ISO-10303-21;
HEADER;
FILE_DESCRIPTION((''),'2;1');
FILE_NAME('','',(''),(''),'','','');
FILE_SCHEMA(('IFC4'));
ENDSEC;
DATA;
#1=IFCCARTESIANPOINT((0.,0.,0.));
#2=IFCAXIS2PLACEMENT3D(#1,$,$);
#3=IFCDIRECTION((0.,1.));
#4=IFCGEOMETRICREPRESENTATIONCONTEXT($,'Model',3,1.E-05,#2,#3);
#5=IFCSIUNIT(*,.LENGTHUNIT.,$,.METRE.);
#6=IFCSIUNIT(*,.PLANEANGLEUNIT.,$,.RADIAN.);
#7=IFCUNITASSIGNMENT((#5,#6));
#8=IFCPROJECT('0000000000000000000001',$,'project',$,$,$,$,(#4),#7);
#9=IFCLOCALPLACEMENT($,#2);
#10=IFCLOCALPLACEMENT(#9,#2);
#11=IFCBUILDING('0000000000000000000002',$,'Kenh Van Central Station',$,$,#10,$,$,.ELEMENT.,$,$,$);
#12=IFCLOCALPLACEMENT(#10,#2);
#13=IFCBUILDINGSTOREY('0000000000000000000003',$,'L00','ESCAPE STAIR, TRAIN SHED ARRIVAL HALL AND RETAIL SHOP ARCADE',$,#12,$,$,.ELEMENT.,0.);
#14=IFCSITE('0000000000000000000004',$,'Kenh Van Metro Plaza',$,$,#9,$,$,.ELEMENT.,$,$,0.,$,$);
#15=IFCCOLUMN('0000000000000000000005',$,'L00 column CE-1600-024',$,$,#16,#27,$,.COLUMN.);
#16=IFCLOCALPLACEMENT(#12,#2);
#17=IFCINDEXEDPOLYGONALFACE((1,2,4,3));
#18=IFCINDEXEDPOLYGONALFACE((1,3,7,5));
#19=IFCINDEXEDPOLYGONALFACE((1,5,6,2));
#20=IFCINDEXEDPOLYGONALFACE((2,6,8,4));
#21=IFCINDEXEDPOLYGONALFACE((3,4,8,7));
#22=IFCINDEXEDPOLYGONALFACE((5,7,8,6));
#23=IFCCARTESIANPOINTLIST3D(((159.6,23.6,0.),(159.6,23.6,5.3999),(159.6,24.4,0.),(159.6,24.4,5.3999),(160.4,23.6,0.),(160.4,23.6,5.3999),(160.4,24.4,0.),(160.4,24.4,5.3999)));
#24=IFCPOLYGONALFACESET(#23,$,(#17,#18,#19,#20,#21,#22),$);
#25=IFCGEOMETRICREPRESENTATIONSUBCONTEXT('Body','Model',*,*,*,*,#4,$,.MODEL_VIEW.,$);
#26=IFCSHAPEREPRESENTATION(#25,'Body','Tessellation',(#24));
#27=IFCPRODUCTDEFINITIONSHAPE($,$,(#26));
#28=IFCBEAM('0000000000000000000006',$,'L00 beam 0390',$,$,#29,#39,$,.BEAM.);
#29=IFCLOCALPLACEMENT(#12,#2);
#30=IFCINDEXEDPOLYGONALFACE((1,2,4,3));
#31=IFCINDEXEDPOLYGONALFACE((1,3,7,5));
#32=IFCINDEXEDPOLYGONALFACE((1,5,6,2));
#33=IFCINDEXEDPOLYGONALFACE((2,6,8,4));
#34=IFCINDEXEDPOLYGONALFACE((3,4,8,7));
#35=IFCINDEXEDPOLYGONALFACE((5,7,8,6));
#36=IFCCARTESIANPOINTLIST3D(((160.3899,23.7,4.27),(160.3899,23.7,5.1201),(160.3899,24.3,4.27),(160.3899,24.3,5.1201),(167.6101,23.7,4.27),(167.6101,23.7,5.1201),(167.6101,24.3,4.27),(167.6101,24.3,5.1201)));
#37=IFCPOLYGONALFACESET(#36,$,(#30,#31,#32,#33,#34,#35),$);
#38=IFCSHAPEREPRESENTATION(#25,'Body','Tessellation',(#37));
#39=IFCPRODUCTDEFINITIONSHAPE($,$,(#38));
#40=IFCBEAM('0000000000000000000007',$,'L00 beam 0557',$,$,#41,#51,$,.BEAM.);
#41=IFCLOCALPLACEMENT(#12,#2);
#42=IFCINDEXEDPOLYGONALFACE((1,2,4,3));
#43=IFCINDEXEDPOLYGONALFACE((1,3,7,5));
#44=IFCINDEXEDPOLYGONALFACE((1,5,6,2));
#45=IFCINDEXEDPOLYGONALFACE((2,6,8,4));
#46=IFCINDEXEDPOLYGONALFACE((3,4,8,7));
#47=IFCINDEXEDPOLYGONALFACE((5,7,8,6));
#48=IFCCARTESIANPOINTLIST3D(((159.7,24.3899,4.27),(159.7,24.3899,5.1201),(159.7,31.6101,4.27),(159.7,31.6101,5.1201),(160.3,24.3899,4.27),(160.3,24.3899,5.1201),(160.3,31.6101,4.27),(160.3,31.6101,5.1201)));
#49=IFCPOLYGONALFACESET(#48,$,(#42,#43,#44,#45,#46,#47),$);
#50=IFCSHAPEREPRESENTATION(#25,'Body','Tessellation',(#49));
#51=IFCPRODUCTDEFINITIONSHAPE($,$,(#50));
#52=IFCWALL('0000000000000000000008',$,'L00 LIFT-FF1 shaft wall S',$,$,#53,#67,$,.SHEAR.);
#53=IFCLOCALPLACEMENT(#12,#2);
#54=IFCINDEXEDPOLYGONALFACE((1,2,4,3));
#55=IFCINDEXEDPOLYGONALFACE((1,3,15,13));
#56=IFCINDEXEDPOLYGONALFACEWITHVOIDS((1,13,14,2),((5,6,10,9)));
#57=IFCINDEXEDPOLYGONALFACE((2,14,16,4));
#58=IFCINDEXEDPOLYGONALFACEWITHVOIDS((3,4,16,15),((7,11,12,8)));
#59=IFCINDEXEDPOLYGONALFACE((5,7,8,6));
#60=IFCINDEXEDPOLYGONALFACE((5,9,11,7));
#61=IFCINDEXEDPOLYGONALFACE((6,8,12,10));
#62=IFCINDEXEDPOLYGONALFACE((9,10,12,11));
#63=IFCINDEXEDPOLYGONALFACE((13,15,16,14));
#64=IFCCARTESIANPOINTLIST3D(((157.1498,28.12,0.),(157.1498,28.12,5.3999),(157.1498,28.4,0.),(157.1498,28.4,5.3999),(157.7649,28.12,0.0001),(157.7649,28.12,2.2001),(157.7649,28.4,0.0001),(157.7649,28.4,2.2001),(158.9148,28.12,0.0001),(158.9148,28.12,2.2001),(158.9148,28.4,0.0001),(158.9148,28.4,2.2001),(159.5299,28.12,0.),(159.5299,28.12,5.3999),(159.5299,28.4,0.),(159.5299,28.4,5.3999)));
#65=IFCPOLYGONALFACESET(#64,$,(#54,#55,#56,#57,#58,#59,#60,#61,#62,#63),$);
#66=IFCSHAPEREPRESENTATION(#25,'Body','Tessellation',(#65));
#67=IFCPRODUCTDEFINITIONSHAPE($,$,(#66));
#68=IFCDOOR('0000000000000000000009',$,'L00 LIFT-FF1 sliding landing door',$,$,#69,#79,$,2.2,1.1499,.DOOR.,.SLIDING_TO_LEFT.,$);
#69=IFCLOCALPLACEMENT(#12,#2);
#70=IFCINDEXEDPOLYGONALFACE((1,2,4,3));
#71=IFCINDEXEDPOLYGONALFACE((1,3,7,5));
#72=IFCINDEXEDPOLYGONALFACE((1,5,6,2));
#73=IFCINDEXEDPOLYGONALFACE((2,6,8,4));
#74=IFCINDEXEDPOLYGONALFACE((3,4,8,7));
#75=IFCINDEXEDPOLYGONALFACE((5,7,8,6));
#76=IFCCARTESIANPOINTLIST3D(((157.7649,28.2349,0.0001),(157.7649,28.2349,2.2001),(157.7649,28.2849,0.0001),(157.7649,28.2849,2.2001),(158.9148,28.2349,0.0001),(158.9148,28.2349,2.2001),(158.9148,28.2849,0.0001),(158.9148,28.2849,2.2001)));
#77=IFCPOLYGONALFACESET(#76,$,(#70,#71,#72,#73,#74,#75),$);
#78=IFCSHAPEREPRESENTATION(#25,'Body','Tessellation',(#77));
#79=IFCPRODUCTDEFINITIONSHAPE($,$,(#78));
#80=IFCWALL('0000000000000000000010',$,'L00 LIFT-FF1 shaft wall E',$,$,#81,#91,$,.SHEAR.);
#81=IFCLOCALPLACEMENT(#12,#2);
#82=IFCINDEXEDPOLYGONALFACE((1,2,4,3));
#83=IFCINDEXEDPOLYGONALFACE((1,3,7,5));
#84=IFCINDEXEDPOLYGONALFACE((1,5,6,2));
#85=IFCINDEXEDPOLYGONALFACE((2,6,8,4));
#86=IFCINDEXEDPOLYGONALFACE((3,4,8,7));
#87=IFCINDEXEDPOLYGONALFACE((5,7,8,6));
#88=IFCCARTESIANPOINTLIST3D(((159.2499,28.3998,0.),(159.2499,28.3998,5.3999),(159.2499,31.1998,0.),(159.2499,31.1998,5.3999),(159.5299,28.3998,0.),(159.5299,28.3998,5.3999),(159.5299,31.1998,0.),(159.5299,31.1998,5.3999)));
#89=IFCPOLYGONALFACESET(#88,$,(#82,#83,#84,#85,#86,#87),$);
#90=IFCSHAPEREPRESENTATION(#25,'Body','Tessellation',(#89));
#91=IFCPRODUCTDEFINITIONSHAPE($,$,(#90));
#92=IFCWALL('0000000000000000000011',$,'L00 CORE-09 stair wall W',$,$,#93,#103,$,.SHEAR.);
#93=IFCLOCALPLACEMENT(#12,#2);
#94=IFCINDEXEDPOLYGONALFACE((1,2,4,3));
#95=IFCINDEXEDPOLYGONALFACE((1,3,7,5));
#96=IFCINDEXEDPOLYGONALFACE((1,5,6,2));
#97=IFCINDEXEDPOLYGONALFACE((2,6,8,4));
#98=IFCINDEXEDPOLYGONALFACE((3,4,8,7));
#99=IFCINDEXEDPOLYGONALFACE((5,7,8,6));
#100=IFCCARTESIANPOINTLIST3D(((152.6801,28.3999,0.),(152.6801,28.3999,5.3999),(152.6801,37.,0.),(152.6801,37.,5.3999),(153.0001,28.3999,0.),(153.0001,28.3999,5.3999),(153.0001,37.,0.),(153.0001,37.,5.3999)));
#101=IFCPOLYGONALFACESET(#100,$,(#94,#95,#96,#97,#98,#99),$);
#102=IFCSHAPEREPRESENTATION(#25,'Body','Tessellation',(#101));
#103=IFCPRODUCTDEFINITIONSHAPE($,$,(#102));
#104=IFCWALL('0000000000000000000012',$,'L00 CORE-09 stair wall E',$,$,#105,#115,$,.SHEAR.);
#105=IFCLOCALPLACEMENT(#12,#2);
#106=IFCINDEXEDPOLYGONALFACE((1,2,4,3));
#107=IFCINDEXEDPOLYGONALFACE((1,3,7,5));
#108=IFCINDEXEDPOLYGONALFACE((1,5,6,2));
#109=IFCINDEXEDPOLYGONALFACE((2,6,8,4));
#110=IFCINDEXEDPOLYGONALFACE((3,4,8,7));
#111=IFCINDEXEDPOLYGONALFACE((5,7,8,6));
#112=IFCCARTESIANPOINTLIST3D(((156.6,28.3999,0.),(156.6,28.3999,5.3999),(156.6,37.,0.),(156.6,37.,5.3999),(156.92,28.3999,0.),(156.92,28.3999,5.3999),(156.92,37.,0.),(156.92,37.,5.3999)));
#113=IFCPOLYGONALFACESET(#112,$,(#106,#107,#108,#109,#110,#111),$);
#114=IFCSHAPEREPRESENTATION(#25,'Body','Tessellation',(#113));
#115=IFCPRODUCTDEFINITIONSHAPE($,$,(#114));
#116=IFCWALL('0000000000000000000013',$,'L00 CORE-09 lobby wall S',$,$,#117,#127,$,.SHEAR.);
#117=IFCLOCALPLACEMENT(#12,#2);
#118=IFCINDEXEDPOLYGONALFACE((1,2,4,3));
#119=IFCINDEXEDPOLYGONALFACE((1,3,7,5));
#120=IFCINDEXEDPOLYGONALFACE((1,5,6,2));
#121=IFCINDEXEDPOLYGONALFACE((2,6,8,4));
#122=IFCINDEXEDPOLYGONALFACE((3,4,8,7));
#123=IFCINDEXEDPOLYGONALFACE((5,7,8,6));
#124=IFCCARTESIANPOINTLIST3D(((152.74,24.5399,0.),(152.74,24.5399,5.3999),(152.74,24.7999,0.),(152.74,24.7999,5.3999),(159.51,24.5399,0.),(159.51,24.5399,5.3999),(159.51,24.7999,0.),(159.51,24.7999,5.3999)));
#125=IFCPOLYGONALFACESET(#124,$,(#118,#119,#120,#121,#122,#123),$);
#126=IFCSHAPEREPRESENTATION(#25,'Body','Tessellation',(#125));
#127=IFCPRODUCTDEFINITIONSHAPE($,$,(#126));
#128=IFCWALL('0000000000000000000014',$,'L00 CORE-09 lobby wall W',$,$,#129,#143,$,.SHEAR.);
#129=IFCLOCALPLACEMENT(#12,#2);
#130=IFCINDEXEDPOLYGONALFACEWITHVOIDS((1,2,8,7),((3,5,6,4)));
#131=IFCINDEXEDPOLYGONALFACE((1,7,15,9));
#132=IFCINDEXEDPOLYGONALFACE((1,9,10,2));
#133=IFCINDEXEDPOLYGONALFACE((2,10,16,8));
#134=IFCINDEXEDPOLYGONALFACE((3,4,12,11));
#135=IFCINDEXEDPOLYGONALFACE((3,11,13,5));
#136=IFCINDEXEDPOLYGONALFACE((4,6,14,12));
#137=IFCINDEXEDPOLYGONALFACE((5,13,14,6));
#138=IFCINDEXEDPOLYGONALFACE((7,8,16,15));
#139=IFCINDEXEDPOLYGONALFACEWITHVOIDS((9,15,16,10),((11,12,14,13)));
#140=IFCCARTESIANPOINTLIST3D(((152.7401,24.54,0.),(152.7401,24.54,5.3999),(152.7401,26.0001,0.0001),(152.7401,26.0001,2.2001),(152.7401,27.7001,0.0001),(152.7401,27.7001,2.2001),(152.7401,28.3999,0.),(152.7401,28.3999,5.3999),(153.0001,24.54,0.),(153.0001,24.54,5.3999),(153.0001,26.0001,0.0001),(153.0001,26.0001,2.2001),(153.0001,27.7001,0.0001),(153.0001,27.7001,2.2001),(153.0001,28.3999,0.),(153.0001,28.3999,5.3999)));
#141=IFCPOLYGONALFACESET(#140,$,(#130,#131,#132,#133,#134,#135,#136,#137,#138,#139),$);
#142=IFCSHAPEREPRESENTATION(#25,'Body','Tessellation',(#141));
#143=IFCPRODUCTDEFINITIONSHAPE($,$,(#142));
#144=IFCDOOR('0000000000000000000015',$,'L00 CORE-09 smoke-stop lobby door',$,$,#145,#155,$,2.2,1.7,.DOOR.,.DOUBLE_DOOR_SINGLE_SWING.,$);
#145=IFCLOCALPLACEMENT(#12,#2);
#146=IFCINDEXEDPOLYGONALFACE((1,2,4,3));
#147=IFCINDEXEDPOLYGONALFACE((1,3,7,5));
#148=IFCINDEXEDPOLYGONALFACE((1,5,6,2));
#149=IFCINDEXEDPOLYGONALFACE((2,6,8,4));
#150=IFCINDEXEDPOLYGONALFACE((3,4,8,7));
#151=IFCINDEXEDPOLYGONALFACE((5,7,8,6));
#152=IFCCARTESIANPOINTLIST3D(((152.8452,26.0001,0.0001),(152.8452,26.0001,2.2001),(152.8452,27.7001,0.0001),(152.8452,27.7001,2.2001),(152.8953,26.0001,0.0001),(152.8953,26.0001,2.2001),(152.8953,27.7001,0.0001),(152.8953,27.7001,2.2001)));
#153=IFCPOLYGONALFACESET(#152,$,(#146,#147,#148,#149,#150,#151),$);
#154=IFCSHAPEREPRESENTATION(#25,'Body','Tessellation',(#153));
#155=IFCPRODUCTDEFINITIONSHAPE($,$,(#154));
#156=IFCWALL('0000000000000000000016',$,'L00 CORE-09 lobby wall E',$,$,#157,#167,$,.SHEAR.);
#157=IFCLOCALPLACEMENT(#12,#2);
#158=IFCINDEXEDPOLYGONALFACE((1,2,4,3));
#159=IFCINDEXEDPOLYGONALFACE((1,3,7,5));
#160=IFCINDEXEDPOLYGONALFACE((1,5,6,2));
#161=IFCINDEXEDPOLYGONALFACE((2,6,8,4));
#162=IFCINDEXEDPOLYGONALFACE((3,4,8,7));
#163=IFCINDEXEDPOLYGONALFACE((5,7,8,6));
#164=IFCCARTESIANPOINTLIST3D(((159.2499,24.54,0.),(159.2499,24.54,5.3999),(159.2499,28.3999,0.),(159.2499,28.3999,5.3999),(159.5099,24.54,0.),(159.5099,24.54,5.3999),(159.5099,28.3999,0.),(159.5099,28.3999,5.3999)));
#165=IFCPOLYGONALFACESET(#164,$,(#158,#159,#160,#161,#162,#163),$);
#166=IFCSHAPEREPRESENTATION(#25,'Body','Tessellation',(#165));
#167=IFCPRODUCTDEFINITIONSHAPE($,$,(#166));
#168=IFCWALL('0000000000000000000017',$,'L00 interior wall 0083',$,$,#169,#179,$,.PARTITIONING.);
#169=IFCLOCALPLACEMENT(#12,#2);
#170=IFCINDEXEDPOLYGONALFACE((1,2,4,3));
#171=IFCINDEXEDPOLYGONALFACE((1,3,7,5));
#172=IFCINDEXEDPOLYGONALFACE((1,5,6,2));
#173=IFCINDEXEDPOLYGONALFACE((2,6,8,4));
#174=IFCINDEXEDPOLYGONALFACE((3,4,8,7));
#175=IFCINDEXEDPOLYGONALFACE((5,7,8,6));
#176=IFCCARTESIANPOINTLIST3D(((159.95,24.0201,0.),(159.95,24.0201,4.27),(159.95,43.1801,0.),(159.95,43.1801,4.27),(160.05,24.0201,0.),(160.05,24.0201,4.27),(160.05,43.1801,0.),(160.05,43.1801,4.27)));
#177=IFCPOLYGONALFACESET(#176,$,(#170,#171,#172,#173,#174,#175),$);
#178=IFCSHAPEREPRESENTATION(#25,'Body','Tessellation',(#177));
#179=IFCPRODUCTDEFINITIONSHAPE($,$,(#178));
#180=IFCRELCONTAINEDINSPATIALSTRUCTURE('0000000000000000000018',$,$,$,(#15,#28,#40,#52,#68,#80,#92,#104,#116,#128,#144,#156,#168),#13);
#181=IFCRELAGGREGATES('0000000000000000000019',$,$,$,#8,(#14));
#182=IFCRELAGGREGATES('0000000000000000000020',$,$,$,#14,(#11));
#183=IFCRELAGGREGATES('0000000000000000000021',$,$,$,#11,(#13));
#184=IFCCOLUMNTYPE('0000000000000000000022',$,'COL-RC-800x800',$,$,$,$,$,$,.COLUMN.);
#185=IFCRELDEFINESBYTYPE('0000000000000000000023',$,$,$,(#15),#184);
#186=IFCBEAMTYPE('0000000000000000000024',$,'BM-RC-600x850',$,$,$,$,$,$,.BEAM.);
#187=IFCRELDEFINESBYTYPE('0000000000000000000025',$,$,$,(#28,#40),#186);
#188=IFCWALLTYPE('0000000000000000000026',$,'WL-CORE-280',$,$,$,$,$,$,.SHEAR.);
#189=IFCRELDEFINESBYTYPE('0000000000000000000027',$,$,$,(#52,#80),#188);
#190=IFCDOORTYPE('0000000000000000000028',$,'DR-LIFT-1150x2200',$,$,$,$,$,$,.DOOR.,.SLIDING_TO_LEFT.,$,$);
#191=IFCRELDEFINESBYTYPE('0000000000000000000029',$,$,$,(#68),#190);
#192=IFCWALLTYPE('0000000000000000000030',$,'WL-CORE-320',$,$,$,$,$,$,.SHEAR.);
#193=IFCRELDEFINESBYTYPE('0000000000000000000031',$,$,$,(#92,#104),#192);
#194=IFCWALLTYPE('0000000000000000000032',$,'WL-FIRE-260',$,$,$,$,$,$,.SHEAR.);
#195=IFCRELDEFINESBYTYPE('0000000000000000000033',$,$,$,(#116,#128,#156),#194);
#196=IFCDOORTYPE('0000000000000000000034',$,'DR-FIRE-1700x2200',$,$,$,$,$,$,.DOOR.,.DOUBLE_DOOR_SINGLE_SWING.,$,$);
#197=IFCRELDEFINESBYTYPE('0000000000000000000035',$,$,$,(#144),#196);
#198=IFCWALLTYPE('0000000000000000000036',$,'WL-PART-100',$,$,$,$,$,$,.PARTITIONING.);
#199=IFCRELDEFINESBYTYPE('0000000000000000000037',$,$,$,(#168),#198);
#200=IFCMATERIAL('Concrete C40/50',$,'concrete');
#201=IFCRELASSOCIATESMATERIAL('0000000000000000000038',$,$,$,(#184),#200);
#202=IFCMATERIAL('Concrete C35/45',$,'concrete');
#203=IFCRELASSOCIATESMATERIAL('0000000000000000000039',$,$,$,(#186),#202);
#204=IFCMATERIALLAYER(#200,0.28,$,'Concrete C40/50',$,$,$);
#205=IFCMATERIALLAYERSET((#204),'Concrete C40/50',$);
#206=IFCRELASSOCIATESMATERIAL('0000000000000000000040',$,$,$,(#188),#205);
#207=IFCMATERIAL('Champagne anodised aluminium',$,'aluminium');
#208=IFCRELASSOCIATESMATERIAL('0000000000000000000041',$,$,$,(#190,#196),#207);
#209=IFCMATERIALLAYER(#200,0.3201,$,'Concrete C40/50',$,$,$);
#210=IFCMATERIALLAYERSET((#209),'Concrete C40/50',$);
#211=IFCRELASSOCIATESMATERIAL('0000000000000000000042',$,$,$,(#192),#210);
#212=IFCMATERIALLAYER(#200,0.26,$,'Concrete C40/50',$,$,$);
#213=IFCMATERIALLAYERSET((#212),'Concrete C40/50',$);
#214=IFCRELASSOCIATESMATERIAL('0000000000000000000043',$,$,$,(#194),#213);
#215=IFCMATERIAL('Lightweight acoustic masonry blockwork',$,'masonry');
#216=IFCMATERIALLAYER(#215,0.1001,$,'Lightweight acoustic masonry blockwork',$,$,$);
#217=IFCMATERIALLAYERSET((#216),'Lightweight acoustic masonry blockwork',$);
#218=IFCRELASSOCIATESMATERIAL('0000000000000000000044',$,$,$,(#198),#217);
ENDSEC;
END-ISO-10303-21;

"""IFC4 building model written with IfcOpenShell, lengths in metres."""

from ifc_helpers import new_model, si_unit, direction, frame, frame_2d, origin, origin_2d, place, context, subcontext, project, spatial, rectangle, extrude, material, layer, layer_set, material_profile, profile_set, type_object, element, fill, save


model = new_model("IFC4")

# Units and contexts
model_context = context("Model", 3, precision=1e-05, world=origin(), true_north=direction((0.0, 1.0)))
body_context = subcontext(model_context, "Body", "Model", "MODEL_VIEW")
ifc_project = project(units=[si_unit("LENGTHUNIT", "METRE"), si_unit("PLANEANGLEUNIT", "RADIAN")], contexts=[model_context])

# Site, building, storey
site_placement = place(None, origin())
site = spatial("IfcSite", under=ifc_project, at=site_placement, Name="Kenh Van Metro Plaza", CompositionType="ELEMENT", RefElevation=0.0)
building_placement = place(site_placement, origin())
building = spatial("IfcBuilding", under=site, at=building_placement, Name="Kenh Van Central Station", CompositionType="ELEMENT")
storey_placement = place(building_placement, origin())
storey = spatial("IfcBuildingStorey", under=building, at=storey_placement, Name="L00", Description="ESCAPE STAIR, TRAIN SHED ARRIVAL HALL AND RETAIL SHOP ARCADE", CompositionType="ELEMENT", Elevation=0.0)

# Column
ifc_material_1 = material(Name="Concrete C40/50", Category="concrete")
ifc_material_profile_1 = material_profile(ifc_material_1, rectangle(XDim=0.8, YDim=0.8, at=origin_2d()), Name="RC 800x800")
ifc_profile_set_1 = profile_set([ifc_material_profile_1], Name="Concrete C40/50")
column_type = type_object("IfcColumnType", Name="COL-RC-800x800", PredefinedType="COLUMN", material=ifc_profile_set_1)
column_placement = place(storey_placement, frame((160.0, 24.0, 0.0), z_axis=(0.0, 0.0, 1.0), x_axis=(1.0, 0.0, 0.0)))
element("IfcColumn", 1, at=column_placement, inside=storey, type_object=column_type, Name="L00 column CE-1600-024", PredefinedType="COLUMN", context=body_context, shape_type="SweptSolid", body=[
    extrude(rectangle(XDim=0.8, YDim=0.8, at=origin_2d()), origin(), (0.0, 0.0, 1.0), 5.3999),
])

# Beams
ifc_material_2 = material(Name="Concrete C35/45", Category="concrete")
ifc_material_profile_2 = material_profile(ifc_material_2, rectangle(XDim=0.6001, YDim=0.8501, at=origin_2d()), Name="RC 600x850")
ifc_profile_set_2 = profile_set([ifc_material_profile_2], Name="Concrete C35/45")
beam_type = type_object("IfcBeamType", Name="BM-RC-600x850", PredefinedType="BEAM", material=ifc_profile_set_2)
for number, where, z_axis, x_axis, name in (
    (2, (160.3899, 24.0, 4.6951), (1.0, 0.0, 0.0), (0.0, 1.0, 0.0), "L00 beam 0390"),
    (3, (160.0, 24.3899, 4.6951), (0.0, 1.0, 0.0), (-1.0, 0.0, 0.0), "L00 beam 0557"),
):
    element("IfcBeam", number, at=place(storey_placement, frame(where, z_axis=z_axis, x_axis=x_axis)), inside=storey, type_object=beam_type, Name=name, PredefinedType="BEAM", context=body_context, shape_type="SweptSolid", body=[
        extrude(rectangle(XDim=0.6001, YDim=0.8501, at=origin_2d()), origin(), (0.0, 0.0, 1.0), 7.2202),
    ])

# Wall, opening, door
ifc_layer_1 = layer(ifc_material_1, 0.28, Name="Concrete C40/50")
ifc_layer_set_1 = layer_set([ifc_layer_1], Name="Concrete C40/50")
wall_type_1 = type_object("IfcWallType", Name="WL-CORE-280", PredefinedType="SHEAR", material=ifc_layer_set_1)
wall_1_placement = place(storey_placement, frame((157.1499, 28.26, 0.0), z_axis=(0.0, 0.0, 1.0), x_axis=(1.0, 0.0, 0.0)))
wall_1 = element("IfcWall", 4, at=wall_1_placement, inside=storey, type_object=wall_type_1, Name="L00 LIFT-FF1 shaft wall S", PredefinedType="SHEAR", context=body_context, shape_type="SweptSolid", body=[
    extrude(rectangle(XDim=2.3801, YDim=0.28, at=frame_2d((1.1899, 0.0))), origin(), (0.0, 0.0, 1.0), 5.3999),
])
opening_1_placement = place(wall_1_placement, frame((0.615, 0.0, 0.0)))
opening_1 = element("IfcOpeningElement", 5, at=opening_1_placement, cuts=wall_1, PredefinedType="OPENING", context=body_context, shape_type="SweptSolid", body=[
    extrude(rectangle(XDim=1.1499, YDim=2.2, at=frame_2d((0.575, 1.1001))), frame((0.0, 0.1499, 0.0), z_axis=(0.0, -1.0, 0.0), x_axis=(1.0, 0.0, 0.0)), (0.0, 0.0, 1.0), 0.3),
])
ifc_material_3 = material(Name="Champagne anodised aluminium", Category="aluminium")
door_type_1 = type_object("IfcDoorType", Name="DR-LIFT-1150x2200", OperationType="SLIDING_TO_LEFT", PredefinedType="DOOR", material=ifc_material_3)
door_1_placement = place(opening_1_placement, origin())
door_1 = element("IfcDoor", 6, at=door_1_placement, inside=storey, type_object=door_type_1, Name="L00 LIFT-FF1 sliding landing door", OperationType="SLIDING_TO_LEFT", OverallHeight=2.2, OverallWidth=1.1499, PredefinedType="DOOR", context=body_context, shape_type="SweptSolid", body=[
    extrude(rectangle(XDim=1.1499, YDim=2.2, at=frame_2d((0.575, 1.1001))), frame((0.0, 0.0249, 0.0), z_axis=(0.0, -1.0, 0.0), x_axis=(1.0, 0.0, 0.0)), (0.0, 0.0, 1.0), 0.05),
])
fill(opening_1, door_1)

# Wall
wall_2_placement = place(storey_placement, frame((159.3899, 28.3999, 0.0), z_axis=(0.0, 0.0, 1.0), x_axis=(0.0, 1.0, 0.0)))
element("IfcWall", 7, at=wall_2_placement, inside=storey, type_object=wall_type_1, Name="L00 LIFT-FF1 shaft wall E", PredefinedType="SHEAR", context=body_context, shape_type="SweptSolid", body=[
    extrude(rectangle(XDim=2.8, YDim=0.28, at=frame_2d((1.3999, 0.0))), origin(), (0.0, 0.0, 1.0), 5.3999),
])

# Shared definitions
ifc_layer_2 = layer(ifc_material_1, 0.3201, Name="Concrete C40/50")
ifc_layer_set_2 = layer_set([ifc_layer_2], Name="Concrete C40/50")
wall_type_2 = type_object("IfcWallType", Name="WL-CORE-320", PredefinedType="SHEAR", material=ifc_layer_set_2)

# Walls
for number, where, z_axis, x_axis, name in (
    (8, (152.8401, 28.3999, 0.0), (0.0, 0.0, 1.0), (0.0, 1.0, 0.0), "L00 CORE-09 stair wall W"),
    (9, (156.76, 28.3999, 0.0), (0.0, 0.0, 1.0), (0.0, 1.0, 0.0), "L00 CORE-09 stair wall E"),
):
    element("IfcWall", number, at=place(storey_placement, frame(where, z_axis=z_axis, x_axis=x_axis)), inside=storey, type_object=wall_type_2, Name=name, PredefinedType="SHEAR", context=body_context, shape_type="SweptSolid", body=[
        extrude(rectangle(XDim=8.6001, YDim=0.3201, at=frame_2d((4.3, 0.0))), origin(), (0.0, 0.0, 1.0), 5.3999),
    ])
ifc_layer_3 = layer(ifc_material_1, 0.26, Name="Concrete C40/50")
ifc_layer_set_3 = layer_set([ifc_layer_3], Name="Concrete C40/50")
wall_type_3 = type_object("IfcWallType", Name="WL-FIRE-260", PredefinedType="SHEAR", material=ifc_layer_set_3)
wall_3_placement = place(storey_placement, frame((159.51, 24.6699, 0.0), z_axis=(0.0, 0.0, 1.0), x_axis=(-1.0, 0.0, 0.0)))
element("IfcWall", 10, at=wall_3_placement, inside=storey, type_object=wall_type_3, Name="L00 CORE-09 lobby wall S", PredefinedType="SHEAR", context=body_context, shape_type="SweptSolid", body=[
    extrude(rectangle(XDim=6.77, YDim=0.26, at=frame_2d((3.385, 0.0))), origin(), (0.0, 0.0, 1.0), 5.3999),
])

# Wall, opening, door
wall_4_placement = place(storey_placement, frame((152.8701, 24.54, 0.0), z_axis=(0.0, 0.0, 1.0), x_axis=(0.0, 1.0, 0.0)))
wall_4 = element("IfcWall", 11, at=wall_4_placement, inside=storey, type_object=wall_type_3, Name="L00 CORE-09 lobby wall W", PredefinedType="SHEAR", context=body_context, shape_type="SweptSolid", body=[
    extrude(rectangle(XDim=3.8599, YDim=0.26, at=frame_2d((1.9299, 0.0))), origin(), (0.0, 0.0, 1.0), 5.3999),
])
opening_2_placement = place(wall_4_placement, frame((1.46, 0.0, 0.0)))
opening_2 = element("IfcOpeningElement", 12, at=opening_2_placement, cuts=wall_4, PredefinedType="OPENING", context=body_context, shape_type="SweptSolid", body=[
    extrude(rectangle(XDim=1.7, YDim=2.2, at=frame_2d((0.8501, 1.1001))), frame((0.0, 0.1399, 0.0), z_axis=(0.0, -1.0, 0.0), x_axis=(1.0, 0.0, 0.0)), (0.0, 0.0, 1.0), 0.28),
])
door_type_2 = type_object("IfcDoorType", Name="DR-FIRE-1700x2200", OperationType="DOUBLE_DOOR_SINGLE_SWING", PredefinedType="DOOR", material=ifc_material_3)
door_2_placement = place(opening_2_placement, origin())
door_2 = element("IfcDoor", 13, at=door_2_placement, inside=storey, type_object=door_type_2, Name="L00 CORE-09 smoke-stop lobby door", OperationType="DOUBLE_DOOR_SINGLE_SWING", OverallHeight=2.2, OverallWidth=1.7, PredefinedType="DOOR", context=body_context, shape_type="SweptSolid", body=[
    extrude(rectangle(XDim=1.7, YDim=2.2, at=frame_2d((0.8501, 1.1001))), frame((0.0, 0.0249, 0.0), z_axis=(0.0, -1.0, 0.0), x_axis=(1.0, 0.0, 0.0)), (0.0, 0.0, 1.0), 0.05),
])
fill(opening_2, door_2)

# Walls
wall_5_placement = place(storey_placement, frame((159.3799, 24.54, 0.0), z_axis=(0.0, 0.0, 1.0), x_axis=(0.0, 1.0, 0.0)))
element("IfcWall", 14, at=wall_5_placement, inside=storey, type_object=wall_type_3, Name="L00 CORE-09 lobby wall E", PredefinedType="SHEAR", context=body_context, shape_type="SweptSolid", body=[
    extrude(rectangle(XDim=3.8599, YDim=0.26, at=frame_2d((1.9299, 0.0))), origin(), (0.0, 0.0, 1.0), 5.3999),
])
ifc_material_4 = material(Name="Lightweight acoustic masonry blockwork", Category="masonry")
ifc_layer_4 = layer(ifc_material_4, 0.1001, Name="Lightweight acoustic masonry blockwork")
ifc_layer_set_4 = layer_set([ifc_layer_4], Name="Lightweight acoustic masonry blockwork")
wall_type_4 = type_object("IfcWallType", Name="WL-PART-100", PredefinedType="PARTITIONING", material=ifc_layer_set_4)
wall_6_placement = place(storey_placement, frame((160.0, 24.02, 0.0), z_axis=(0.0, 0.0, 1.0), x_axis=(0.0, 1.0, 0.0)))
element("IfcWall", 15, at=wall_6_placement, inside=storey, type_object=wall_type_4, Name="L00 interior wall 0083", PredefinedType="PARTITIONING", context=body_context, shape_type="SweptSolid", body=[
    extrude(rectangle(XDim=19.1599, YDim=0.1001, at=frame_2d((9.5801, 0.0))), origin(), (0.0, 0.0, 1.0), 4.27),
])

save(model, "model.ifc")
